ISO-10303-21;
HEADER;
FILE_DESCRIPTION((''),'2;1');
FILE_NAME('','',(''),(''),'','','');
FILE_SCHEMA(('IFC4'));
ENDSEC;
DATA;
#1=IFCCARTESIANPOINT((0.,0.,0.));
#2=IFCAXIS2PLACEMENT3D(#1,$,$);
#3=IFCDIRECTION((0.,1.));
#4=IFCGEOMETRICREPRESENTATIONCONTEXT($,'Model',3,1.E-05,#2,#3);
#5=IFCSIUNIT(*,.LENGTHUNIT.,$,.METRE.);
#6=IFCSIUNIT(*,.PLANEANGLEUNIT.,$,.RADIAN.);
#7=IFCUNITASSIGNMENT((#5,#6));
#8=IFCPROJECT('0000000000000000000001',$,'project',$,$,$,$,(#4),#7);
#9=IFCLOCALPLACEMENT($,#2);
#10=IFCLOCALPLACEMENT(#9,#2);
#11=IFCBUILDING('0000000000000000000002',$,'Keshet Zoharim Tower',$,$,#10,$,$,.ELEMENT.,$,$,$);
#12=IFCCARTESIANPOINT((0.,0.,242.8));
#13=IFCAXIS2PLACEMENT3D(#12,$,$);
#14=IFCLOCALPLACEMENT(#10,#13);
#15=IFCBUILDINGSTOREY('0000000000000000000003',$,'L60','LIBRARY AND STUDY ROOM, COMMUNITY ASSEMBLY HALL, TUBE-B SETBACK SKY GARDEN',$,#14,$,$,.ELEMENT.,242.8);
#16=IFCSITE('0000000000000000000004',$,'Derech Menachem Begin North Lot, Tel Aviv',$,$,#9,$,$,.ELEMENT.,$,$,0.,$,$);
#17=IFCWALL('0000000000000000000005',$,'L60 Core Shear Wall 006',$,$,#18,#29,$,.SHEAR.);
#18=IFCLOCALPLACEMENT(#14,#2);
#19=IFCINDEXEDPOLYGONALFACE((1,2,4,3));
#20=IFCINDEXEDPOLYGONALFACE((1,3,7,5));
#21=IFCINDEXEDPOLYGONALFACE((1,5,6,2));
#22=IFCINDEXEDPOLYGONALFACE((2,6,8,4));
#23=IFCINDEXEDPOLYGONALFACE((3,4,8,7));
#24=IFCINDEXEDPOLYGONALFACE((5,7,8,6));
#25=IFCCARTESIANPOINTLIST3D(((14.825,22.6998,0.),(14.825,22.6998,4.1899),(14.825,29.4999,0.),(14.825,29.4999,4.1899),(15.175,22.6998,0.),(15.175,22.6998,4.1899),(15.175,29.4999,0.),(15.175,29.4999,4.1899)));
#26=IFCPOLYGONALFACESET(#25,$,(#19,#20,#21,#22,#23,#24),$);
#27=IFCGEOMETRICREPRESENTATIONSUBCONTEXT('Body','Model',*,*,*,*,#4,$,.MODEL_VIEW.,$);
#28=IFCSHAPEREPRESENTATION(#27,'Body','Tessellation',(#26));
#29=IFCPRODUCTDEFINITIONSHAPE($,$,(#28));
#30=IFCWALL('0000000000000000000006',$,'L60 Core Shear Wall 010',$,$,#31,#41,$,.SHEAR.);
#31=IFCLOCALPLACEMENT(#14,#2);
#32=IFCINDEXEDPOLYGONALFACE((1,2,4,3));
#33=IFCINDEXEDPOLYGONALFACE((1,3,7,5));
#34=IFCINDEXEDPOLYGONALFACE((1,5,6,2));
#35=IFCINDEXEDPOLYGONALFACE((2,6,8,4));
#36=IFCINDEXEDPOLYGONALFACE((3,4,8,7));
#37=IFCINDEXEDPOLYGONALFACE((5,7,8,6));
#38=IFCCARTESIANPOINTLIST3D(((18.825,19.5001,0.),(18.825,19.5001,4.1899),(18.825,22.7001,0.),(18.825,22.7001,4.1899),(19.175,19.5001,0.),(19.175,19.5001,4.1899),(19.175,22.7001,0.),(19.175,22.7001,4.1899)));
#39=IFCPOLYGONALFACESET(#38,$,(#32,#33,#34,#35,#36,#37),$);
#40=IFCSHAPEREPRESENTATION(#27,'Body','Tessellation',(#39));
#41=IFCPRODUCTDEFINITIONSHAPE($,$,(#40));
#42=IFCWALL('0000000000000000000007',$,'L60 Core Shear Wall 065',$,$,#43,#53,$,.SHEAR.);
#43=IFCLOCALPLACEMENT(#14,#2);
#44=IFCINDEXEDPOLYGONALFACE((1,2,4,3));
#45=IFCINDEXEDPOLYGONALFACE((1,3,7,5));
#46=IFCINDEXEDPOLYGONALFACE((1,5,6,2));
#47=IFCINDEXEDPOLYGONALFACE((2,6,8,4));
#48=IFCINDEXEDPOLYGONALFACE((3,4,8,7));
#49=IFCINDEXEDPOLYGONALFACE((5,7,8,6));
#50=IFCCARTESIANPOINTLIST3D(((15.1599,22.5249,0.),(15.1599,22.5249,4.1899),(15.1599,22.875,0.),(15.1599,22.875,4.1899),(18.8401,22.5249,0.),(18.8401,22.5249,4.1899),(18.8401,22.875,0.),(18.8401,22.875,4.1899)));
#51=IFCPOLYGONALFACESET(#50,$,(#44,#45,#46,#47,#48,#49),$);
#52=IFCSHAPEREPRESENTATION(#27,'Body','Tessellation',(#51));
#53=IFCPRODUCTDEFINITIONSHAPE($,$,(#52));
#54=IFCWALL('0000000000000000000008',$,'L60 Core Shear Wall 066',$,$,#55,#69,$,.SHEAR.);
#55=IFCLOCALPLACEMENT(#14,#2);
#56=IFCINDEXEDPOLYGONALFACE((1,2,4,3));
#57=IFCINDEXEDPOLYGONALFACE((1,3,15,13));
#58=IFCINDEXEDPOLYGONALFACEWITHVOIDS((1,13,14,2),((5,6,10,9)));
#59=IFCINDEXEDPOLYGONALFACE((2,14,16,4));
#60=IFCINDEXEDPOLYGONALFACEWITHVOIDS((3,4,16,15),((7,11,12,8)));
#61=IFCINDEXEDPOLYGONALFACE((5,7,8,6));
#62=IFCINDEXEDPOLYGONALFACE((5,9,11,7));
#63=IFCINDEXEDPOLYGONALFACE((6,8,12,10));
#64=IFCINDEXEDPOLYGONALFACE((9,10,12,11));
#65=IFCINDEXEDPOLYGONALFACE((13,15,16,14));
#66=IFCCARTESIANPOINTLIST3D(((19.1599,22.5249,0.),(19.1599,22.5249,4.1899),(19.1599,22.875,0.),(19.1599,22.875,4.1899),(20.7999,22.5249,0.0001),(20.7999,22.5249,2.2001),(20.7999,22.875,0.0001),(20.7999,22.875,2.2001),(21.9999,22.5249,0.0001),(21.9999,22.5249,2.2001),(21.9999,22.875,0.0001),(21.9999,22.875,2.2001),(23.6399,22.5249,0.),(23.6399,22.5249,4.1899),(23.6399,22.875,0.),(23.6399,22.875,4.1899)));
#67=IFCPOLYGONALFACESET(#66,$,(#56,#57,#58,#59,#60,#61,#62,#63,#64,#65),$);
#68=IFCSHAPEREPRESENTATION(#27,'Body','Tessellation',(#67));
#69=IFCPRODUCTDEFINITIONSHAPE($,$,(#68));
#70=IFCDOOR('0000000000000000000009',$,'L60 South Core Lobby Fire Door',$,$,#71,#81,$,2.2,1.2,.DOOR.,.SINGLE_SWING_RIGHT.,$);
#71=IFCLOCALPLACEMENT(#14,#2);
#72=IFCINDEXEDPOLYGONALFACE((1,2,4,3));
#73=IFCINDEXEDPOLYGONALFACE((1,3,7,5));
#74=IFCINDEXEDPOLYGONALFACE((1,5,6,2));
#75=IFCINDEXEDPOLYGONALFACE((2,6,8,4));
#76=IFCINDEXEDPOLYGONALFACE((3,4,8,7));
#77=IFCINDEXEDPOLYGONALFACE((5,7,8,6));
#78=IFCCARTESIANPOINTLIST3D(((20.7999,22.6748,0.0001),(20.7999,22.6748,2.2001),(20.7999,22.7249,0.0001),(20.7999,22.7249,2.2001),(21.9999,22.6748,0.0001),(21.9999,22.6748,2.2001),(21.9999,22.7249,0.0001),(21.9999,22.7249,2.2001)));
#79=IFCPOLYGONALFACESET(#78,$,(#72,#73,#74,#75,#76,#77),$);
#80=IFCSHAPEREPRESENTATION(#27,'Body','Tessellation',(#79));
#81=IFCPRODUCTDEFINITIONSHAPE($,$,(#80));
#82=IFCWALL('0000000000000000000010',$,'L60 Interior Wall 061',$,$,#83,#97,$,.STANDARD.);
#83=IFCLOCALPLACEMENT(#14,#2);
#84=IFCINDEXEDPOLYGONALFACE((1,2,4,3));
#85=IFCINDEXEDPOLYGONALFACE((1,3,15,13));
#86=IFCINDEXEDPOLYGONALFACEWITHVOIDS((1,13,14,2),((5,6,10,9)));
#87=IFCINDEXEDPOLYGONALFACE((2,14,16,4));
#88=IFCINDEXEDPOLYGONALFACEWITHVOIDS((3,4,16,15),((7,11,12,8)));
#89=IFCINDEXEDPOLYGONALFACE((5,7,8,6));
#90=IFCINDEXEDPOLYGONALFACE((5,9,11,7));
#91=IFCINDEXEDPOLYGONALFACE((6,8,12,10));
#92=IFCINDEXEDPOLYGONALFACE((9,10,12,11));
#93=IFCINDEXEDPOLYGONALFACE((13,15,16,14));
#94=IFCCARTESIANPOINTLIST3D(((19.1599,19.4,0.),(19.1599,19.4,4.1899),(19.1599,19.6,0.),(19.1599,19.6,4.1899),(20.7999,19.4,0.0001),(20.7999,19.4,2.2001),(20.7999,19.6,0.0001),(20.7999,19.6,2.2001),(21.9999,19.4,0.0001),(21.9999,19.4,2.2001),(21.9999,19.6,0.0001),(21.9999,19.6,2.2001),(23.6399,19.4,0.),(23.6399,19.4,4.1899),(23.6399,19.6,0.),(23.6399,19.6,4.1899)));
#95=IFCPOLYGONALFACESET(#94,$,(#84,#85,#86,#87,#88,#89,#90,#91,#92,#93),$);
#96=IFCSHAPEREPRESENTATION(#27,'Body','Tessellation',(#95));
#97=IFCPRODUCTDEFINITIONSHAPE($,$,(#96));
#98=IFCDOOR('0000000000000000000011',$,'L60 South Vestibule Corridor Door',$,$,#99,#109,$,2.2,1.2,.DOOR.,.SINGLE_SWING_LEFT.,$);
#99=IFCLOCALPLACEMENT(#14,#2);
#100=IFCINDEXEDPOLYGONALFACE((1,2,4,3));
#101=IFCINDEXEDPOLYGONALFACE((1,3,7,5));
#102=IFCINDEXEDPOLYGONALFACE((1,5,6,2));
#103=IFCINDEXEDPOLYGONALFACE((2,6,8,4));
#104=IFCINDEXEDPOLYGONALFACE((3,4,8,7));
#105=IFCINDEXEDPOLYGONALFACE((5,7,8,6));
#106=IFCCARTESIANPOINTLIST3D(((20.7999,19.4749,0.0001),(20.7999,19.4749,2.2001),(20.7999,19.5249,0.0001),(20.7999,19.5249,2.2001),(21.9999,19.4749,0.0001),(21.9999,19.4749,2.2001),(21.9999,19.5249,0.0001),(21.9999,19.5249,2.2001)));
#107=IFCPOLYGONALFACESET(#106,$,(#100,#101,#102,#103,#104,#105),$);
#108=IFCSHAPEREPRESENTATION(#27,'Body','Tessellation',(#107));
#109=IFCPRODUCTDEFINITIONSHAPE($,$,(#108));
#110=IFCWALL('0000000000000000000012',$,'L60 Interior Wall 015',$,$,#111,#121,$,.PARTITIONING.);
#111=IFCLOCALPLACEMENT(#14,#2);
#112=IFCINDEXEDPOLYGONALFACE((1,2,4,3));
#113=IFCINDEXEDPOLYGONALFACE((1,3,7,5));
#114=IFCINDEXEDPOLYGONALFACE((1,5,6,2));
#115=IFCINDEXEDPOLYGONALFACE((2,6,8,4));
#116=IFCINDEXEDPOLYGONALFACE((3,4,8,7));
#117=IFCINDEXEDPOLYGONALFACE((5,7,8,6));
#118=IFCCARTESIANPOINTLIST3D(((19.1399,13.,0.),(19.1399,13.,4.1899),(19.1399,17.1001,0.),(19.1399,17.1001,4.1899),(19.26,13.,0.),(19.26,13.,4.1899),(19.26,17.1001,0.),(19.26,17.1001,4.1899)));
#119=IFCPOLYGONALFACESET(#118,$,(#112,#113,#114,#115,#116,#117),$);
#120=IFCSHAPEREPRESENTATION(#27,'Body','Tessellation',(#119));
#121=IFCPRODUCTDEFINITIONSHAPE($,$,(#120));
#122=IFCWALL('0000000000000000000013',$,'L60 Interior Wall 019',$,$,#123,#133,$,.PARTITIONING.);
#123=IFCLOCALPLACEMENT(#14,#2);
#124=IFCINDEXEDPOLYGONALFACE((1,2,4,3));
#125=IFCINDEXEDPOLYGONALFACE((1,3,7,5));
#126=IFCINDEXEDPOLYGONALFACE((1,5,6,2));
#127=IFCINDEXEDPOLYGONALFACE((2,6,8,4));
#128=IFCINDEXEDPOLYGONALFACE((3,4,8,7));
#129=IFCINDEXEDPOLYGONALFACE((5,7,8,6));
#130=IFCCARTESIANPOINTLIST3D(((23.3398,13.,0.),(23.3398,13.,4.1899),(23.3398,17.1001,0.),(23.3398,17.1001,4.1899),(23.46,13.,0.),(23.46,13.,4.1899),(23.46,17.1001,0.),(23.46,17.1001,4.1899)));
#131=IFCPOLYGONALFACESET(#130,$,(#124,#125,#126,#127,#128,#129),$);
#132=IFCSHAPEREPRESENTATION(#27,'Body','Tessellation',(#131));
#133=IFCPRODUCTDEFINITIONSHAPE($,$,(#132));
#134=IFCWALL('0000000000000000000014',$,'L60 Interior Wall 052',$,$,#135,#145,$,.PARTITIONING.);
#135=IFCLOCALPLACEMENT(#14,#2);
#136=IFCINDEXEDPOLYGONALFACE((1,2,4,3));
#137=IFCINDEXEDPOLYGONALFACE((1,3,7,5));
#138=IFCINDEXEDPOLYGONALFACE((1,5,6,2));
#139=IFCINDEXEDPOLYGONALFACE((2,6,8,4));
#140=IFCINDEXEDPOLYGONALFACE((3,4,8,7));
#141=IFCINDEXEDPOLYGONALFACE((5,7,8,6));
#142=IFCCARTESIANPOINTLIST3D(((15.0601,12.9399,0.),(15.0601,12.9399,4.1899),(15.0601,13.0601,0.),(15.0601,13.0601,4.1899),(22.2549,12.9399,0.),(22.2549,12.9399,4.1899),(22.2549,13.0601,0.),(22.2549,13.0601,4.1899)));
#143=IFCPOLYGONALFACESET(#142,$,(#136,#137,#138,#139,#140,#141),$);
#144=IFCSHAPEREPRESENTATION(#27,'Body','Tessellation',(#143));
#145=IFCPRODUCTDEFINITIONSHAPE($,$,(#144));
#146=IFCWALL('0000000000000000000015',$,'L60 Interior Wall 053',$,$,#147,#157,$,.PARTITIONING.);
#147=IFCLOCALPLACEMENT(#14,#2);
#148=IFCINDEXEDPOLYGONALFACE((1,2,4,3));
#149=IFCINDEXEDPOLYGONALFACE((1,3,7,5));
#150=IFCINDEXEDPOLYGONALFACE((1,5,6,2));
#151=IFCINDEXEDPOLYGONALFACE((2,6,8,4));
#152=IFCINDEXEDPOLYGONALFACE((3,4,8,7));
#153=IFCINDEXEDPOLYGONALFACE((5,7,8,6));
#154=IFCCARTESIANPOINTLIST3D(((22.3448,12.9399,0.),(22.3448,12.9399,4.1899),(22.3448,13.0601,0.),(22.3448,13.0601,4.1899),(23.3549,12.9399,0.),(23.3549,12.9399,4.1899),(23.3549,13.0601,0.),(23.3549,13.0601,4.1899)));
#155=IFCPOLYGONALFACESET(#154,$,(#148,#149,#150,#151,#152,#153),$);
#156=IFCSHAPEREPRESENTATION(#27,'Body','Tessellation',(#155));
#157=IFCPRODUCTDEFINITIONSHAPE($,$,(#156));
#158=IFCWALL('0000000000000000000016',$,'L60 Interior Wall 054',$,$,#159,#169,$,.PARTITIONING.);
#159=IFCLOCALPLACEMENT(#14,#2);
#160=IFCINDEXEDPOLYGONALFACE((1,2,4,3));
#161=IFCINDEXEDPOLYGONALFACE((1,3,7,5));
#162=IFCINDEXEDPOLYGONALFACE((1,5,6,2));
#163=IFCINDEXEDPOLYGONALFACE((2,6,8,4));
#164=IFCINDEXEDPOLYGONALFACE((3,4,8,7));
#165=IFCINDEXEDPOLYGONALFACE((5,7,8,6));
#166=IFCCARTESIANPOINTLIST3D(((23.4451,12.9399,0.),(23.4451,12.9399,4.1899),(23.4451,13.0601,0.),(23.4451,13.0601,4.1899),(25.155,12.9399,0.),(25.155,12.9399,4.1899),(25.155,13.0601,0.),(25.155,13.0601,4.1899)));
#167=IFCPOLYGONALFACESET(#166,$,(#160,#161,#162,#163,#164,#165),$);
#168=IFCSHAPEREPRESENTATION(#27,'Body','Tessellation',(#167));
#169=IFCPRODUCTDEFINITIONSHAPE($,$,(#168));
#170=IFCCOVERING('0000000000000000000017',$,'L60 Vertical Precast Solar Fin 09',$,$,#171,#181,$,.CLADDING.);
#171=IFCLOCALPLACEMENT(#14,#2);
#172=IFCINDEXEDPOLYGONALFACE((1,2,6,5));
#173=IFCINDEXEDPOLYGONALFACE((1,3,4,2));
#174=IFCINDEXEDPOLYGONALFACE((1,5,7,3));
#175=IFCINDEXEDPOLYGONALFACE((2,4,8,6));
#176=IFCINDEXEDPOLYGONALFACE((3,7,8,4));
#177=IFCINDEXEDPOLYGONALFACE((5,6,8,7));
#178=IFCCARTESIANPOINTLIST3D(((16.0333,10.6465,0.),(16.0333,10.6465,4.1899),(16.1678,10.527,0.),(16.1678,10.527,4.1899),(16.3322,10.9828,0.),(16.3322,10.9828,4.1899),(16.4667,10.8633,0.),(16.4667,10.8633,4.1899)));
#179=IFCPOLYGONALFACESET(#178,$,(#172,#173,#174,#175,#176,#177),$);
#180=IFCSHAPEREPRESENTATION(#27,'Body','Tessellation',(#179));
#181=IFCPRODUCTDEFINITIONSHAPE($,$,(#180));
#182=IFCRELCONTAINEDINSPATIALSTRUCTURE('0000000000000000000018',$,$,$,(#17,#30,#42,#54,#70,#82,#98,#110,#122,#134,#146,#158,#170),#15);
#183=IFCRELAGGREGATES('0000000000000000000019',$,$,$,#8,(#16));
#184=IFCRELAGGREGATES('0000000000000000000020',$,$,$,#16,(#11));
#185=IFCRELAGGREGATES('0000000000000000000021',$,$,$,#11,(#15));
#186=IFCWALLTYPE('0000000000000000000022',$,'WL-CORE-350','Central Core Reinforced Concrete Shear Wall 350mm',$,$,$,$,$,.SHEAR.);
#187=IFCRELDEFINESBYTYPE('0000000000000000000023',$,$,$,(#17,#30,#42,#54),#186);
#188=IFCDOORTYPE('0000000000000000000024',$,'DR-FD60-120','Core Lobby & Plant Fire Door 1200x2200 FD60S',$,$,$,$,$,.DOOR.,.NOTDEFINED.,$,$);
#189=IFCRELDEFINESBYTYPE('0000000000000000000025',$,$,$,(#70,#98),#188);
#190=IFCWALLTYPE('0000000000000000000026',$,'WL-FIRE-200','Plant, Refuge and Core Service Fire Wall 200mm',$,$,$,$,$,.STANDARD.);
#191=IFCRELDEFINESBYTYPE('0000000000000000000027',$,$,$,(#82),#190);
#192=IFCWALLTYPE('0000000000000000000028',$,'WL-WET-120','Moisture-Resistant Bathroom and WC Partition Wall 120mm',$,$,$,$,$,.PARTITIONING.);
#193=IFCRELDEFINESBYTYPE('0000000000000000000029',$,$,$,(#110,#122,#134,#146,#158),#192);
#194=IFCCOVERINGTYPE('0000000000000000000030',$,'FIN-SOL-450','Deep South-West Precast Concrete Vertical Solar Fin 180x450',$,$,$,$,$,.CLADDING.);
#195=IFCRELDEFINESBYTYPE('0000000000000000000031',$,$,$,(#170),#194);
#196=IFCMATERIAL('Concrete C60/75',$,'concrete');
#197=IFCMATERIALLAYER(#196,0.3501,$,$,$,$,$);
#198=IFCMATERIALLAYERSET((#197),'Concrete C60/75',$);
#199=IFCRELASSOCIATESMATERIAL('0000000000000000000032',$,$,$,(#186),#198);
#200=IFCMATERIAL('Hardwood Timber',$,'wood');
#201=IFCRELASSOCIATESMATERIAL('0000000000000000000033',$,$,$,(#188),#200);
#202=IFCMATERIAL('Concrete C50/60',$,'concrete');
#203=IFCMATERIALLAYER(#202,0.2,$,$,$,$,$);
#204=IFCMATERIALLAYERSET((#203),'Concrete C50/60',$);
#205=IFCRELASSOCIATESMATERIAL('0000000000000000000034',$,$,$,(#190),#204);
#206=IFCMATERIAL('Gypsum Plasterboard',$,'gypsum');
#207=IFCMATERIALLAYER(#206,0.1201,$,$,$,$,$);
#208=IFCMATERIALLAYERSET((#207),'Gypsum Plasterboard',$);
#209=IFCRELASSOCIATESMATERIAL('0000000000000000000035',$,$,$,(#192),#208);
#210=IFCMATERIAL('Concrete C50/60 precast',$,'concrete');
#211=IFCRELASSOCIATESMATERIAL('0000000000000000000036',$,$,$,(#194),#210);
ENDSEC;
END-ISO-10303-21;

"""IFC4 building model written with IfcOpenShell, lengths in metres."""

from ifc_helpers import new_model, si_unit, direction, frame, frame_2d, origin, origin_2d, place, context, subcontext, project, spatial, rectangle, extrude, material, layer, layer_set, type_object, element, fill, save


model = new_model("IFC4")

# Units and contexts
model_context = context("Model", 3, precision=1e-05, world=origin(), true_north=direction((0.0, 1.0)))
body_context = subcontext(model_context, "Body", "Model", "MODEL_VIEW")
ifc_project = project(units=[si_unit("LENGTHUNIT", "METRE"), si_unit("PLANEANGLEUNIT", "RADIAN")], contexts=[model_context])

# Site, building, storey
site_placement = place(None, origin())
site = spatial("IfcSite", under=ifc_project, at=site_placement, Name="Derech Menachem Begin North Lot, Tel Aviv", CompositionType="ELEMENT", RefElevation=0.0)
building_placement = place(site_placement, origin())
building = spatial("IfcBuilding", under=site, at=building_placement, Name="Keshet Zoharim Tower", CompositionType="ELEMENT")
storey_placement = place(building_placement, frame((0.0, 0.0, 242.8)))
storey = spatial("IfcBuildingStorey", under=building, at=storey_placement, Name="L60", Description="LIBRARY AND STUDY ROOM, COMMUNITY ASSEMBLY HALL, TUBE-B SETBACK SKY GARDEN", CompositionType="ELEMENT", Elevation=242.8)

# Shared definitions
ifc_material_1 = material(Name="Concrete C50/60", Category="concrete")

# Shared definitions
ifc_material_2 = material(Name="Gypsum Plasterboard", Category="gypsum")
ifc_material_3 = material(Name="Hardwood Timber", Category="wood")

# Walls
ifc_material_4 = material(Name="Concrete C60/75", Category="concrete")
ifc_layer_1 = layer(ifc_material_4, 0.3501)
ifc_layer_set_1 = layer_set([ifc_layer_1], Name="Concrete C60/75")
wall_type_1 = type_object("IfcWallType", Name="WL-CORE-350", Description="Central Core Reinforced Concrete Shear Wall 350mm", PredefinedType="SHEAR", material=ifc_layer_set_1)
wall_1_placement = place(storey_placement, frame((15.0, 22.7, 0.0), z_axis=(0.0, 0.0, 1.0), x_axis=(0.0, 1.0, 0.0)))
element("IfcWall", 1, at=wall_1_placement, inside=storey, type_object=wall_type_1, Name="L60 Core Shear Wall 006", PredefinedType="SHEAR", context=body_context, shape_type="SweptSolid", body=[
    extrude(rectangle(XDim=6.8, YDim=0.3501, at=frame_2d((3.3999, 0.0))), origin(), (0.0, 0.0, 1.0), 4.1899),
])
wall_2_placement = place(storey_placement, frame((19.0, 19.5, 0.0), z_axis=(0.0, 0.0, 1.0), x_axis=(0.0, 1.0, 0.0)))
element("IfcWall", 2, at=wall_2_placement, inside=storey, type_object=wall_type_1, Name="L60 Core Shear Wall 010", PredefinedType="SHEAR", context=body_context, shape_type="SweptSolid", body=[
    extrude(rectangle(XDim=3.2, YDim=0.3501, at=frame_2d((1.6001, 0.0))), origin(), (0.0, 0.0, 1.0), 4.1899),
])

# Wall
wall_3_placement = place(storey_placement, frame((15.1599, 22.7, 0.0), z_axis=(0.0, 0.0, 1.0), x_axis=(1.0, 0.0, 0.0)))
element("IfcWall", 3, at=wall_3_placement, inside=storey, type_object=wall_type_1, Name="L60 Core Shear Wall 065", PredefinedType="SHEAR", context=body_context, shape_type="SweptSolid", body=[
    extrude(rectangle(XDim=3.6802, YDim=0.3501, at=frame_2d((1.8401, 0.0))), origin(), (0.0, 0.0, 1.0), 4.1899),
])

# Walls, openings, doors
wall_4_placement = place(storey_placement, frame((19.1599, 22.7, 0.0), z_axis=(0.0, 0.0, 1.0), x_axis=(1.0, 0.0, 0.0)))
wall_4 = element("IfcWall", 4, at=wall_4_placement, inside=storey, type_object=wall_type_1, Name="L60 Core Shear Wall 066", PredefinedType="SHEAR", context=body_context, shape_type="SweptSolid", body=[
    extrude(rectangle(XDim=4.48, YDim=0.3501, at=frame_2d((2.24, 0.0))), origin(), (0.0, 0.0, 1.0), 4.1899),
])
opening_1_placement = place(wall_4_placement, frame((1.6399, 0.0, 0.0)))
opening_1 = element("IfcOpeningElement", 5, at=opening_1_placement, cuts=wall_4, PredefinedType="OPENING", context=body_context, shape_type="SweptSolid", body=[
    extrude(rectangle(XDim=1.2, YDim=2.2, at=frame_2d((0.6001, 1.1001))), frame((0.0, 0.1851, 0.0), z_axis=(0.0, -1.0, 0.0), x_axis=(1.0, 0.0, 0.0)), (0.0, 0.0, 1.0), 0.3701),
])
door_type_1 = type_object("IfcDoorType", Name="DR-FD60-120", Description="Core Lobby & Plant Fire Door 1200x2200 FD60S", OperationType="NOTDEFINED", PredefinedType="DOOR", material=ifc_material_3)
door_1_placement = place(opening_1_placement, origin())
door_1 = element("IfcDoor", 6, at=door_1_placement, inside=storey, type_object=door_type_1, Name="L60 South Core Lobby Fire Door", OperationType="SINGLE_SWING_RIGHT", OverallHeight=2.2, OverallWidth=1.2, PredefinedType="DOOR", context=body_context, shape_type="SweptSolid", body=[
    extrude(rectangle(XDim=1.2, YDim=2.2, at=frame_2d((0.6001, 1.1001))), frame((0.0, 0.0249, 0.0), z_axis=(0.0, -1.0, 0.0), x_axis=(1.0, 0.0, 0.0)), (0.0, 0.0, 1.0), 0.05),
])
fill(opening_1, door_1)
ifc_layer_2 = layer(ifc_material_1, 0.2)
ifc_layer_set_2 = layer_set([ifc_layer_2], Name="Concrete C50/60")
wall_type_2 = type_object("IfcWallType", Name="WL-FIRE-200", Description="Plant, Refuge and Core Service Fire Wall 200mm", PredefinedType="STANDARD", material=ifc_layer_set_2)
wall_5_placement = place(storey_placement, frame((19.1599, 19.5, 0.0), z_axis=(0.0, 0.0, 1.0), x_axis=(1.0, 0.0, 0.0)))
wall_5 = element("IfcWall", 7, at=wall_5_placement, inside=storey, type_object=wall_type_2, Name="L60 Interior Wall 061", PredefinedType="STANDARD", context=body_context, shape_type="SweptSolid", body=[
    extrude(rectangle(XDim=4.48, YDim=0.2, at=frame_2d((2.24, 0.0))), origin(), (0.0, 0.0, 1.0), 4.1899),
])
opening_2_placement = place(wall_5_placement, frame((1.6399, 0.0, 0.0)))
opening_2 = element("IfcOpeningElement", 8, at=opening_2_placement, cuts=wall_5, PredefinedType="OPENING", context=body_context, shape_type="SweptSolid", body=[
    extrude(rectangle(XDim=1.2, YDim=2.2, at=frame_2d((0.6001, 1.1001))), frame((0.0, 0.1099, 0.0), z_axis=(0.0, -1.0, 0.0), x_axis=(1.0, 0.0, 0.0)), (0.0, 0.0, 1.0), 0.22),
])
door_2_placement = place(opening_2_placement, origin())
door_2 = element("IfcDoor", 9, at=door_2_placement, inside=storey, type_object=door_type_1, Name="L60 South Vestibule Corridor Door", OperationType="SINGLE_SWING_LEFT", OverallHeight=2.2, OverallWidth=1.2, PredefinedType="DOOR", context=body_context, shape_type="SweptSolid", body=[
    extrude(rectangle(XDim=1.2, YDim=2.2, at=frame_2d((0.6001, 1.1001))), frame((0.0, 0.0249, 0.0), z_axis=(0.0, -1.0, 0.0), x_axis=(1.0, 0.0, 0.0)), (0.0, 0.0, 1.0), 0.05),
])
fill(opening_2, door_2)

# Walls
ifc_layer_3 = layer(ifc_material_2, 0.1201)
ifc_layer_set_3 = layer_set([ifc_layer_3], Name="Gypsum Plasterboard")
wall_type_3 = type_object("IfcWallType", Name="WL-WET-120", Description="Moisture-Resistant Bathroom and WC Partition Wall 120mm", PredefinedType="PARTITIONING", material=ifc_layer_set_3)
for number, where, z_axis, x_axis, name in (
    (10, (19.2, 13.0, 0.0), (0.0, 0.0, 1.0), (0.0, 1.0, 0.0), "L60 Interior Wall 015"),
    (11, (23.3999, 13.0, 0.0), (0.0, 0.0, 1.0), (0.0, 1.0, 0.0), "L60 Interior Wall 019"),
):
    element("IfcWall", number, at=place(storey_placement, frame(where, z_axis=z_axis, x_axis=x_axis)), inside=storey, type_object=wall_type_3, Name=name, PredefinedType="PARTITIONING", context=body_context, shape_type="SweptSolid", body=[
        extrude(rectangle(XDim=4.1001, YDim=0.1201, at=frame_2d((2.05, 0.0))), origin(), (0.0, 0.0, 1.0), 4.1899),
    ])
wall_6_placement = place(storey_placement, frame((15.0601, 13.0, 0.0), z_axis=(0.0, 0.0, 1.0), x_axis=(1.0, 0.0, 0.0)))
element("IfcWall", 12, at=wall_6_placement, inside=storey, type_object=wall_type_3, Name="L60 Interior Wall 052", PredefinedType="PARTITIONING", context=body_context, shape_type="SweptSolid", body=[
    extrude(rectangle(XDim=7.1948, YDim=0.1201, at=frame_2d((3.5974, 0.0))), origin(), (0.0, 0.0, 1.0), 4.1899),
])
wall_7_placement = place(storey_placement, frame((22.345, 13.0, 0.0), z_axis=(0.0, 0.0, 1.0), x_axis=(1.0, 0.0, 0.0)))
element("IfcWall", 13, at=wall_7_placement, inside=storey, type_object=wall_type_3, Name="L60 Interior Wall 053", PredefinedType="PARTITIONING", context=body_context, shape_type="SweptSolid", body=[
    extrude(rectangle(XDim=1.01, YDim=0.1201, at=frame_2d((0.5049, 0.0))), origin(), (0.0, 0.0, 1.0), 4.1899),
])
wall_8_placement = place(storey_placement, frame((23.4451, 13.0, 0.0), z_axis=(0.0, 0.0, 1.0), x_axis=(1.0, 0.0, 0.0)))
element("IfcWall", 14, at=wall_8_placement, inside=storey, type_object=wall_type_3, Name="L60 Interior Wall 054", PredefinedType="PARTITIONING", context=body_context, shape_type="SweptSolid", body=[
    extrude(rectangle(XDim=1.71, YDim=0.1201, at=frame_2d((0.855, 0.0))), origin(), (0.0, 0.0, 1.0), 4.1899),
])

# Covering
ifc_material_5 = material(Name="Concrete C50/60 precast", Category="concrete")
covering_type = type_object("IfcCoveringType", Name="FIN-SOL-450", Description="Deep South-West Precast Concrete Vertical Solar Fin 180x450", PredefinedType="CLADDING", material=ifc_material_5)
covering_placement = place(storey_placement, frame((16.25, 10.7549, 0.0), z_axis=(0.0, 0.0, 1.0), x_axis=(-0.747412, 0.664361, 0.0)))
element("IfcCovering", 15, at=covering_placement, inside=storey, type_object=covering_type, Name="L60 Vertical Precast Solar Fin 09", PredefinedType="CLADDING", context=body_context, shape_type="SweptSolid", body=[
    extrude(rectangle(XDim=0.1799, YDim=0.45, at=origin_2d()), origin(), (0.0, 0.0, 1.0), 4.1899),
])

save(model, "model.ifc")
